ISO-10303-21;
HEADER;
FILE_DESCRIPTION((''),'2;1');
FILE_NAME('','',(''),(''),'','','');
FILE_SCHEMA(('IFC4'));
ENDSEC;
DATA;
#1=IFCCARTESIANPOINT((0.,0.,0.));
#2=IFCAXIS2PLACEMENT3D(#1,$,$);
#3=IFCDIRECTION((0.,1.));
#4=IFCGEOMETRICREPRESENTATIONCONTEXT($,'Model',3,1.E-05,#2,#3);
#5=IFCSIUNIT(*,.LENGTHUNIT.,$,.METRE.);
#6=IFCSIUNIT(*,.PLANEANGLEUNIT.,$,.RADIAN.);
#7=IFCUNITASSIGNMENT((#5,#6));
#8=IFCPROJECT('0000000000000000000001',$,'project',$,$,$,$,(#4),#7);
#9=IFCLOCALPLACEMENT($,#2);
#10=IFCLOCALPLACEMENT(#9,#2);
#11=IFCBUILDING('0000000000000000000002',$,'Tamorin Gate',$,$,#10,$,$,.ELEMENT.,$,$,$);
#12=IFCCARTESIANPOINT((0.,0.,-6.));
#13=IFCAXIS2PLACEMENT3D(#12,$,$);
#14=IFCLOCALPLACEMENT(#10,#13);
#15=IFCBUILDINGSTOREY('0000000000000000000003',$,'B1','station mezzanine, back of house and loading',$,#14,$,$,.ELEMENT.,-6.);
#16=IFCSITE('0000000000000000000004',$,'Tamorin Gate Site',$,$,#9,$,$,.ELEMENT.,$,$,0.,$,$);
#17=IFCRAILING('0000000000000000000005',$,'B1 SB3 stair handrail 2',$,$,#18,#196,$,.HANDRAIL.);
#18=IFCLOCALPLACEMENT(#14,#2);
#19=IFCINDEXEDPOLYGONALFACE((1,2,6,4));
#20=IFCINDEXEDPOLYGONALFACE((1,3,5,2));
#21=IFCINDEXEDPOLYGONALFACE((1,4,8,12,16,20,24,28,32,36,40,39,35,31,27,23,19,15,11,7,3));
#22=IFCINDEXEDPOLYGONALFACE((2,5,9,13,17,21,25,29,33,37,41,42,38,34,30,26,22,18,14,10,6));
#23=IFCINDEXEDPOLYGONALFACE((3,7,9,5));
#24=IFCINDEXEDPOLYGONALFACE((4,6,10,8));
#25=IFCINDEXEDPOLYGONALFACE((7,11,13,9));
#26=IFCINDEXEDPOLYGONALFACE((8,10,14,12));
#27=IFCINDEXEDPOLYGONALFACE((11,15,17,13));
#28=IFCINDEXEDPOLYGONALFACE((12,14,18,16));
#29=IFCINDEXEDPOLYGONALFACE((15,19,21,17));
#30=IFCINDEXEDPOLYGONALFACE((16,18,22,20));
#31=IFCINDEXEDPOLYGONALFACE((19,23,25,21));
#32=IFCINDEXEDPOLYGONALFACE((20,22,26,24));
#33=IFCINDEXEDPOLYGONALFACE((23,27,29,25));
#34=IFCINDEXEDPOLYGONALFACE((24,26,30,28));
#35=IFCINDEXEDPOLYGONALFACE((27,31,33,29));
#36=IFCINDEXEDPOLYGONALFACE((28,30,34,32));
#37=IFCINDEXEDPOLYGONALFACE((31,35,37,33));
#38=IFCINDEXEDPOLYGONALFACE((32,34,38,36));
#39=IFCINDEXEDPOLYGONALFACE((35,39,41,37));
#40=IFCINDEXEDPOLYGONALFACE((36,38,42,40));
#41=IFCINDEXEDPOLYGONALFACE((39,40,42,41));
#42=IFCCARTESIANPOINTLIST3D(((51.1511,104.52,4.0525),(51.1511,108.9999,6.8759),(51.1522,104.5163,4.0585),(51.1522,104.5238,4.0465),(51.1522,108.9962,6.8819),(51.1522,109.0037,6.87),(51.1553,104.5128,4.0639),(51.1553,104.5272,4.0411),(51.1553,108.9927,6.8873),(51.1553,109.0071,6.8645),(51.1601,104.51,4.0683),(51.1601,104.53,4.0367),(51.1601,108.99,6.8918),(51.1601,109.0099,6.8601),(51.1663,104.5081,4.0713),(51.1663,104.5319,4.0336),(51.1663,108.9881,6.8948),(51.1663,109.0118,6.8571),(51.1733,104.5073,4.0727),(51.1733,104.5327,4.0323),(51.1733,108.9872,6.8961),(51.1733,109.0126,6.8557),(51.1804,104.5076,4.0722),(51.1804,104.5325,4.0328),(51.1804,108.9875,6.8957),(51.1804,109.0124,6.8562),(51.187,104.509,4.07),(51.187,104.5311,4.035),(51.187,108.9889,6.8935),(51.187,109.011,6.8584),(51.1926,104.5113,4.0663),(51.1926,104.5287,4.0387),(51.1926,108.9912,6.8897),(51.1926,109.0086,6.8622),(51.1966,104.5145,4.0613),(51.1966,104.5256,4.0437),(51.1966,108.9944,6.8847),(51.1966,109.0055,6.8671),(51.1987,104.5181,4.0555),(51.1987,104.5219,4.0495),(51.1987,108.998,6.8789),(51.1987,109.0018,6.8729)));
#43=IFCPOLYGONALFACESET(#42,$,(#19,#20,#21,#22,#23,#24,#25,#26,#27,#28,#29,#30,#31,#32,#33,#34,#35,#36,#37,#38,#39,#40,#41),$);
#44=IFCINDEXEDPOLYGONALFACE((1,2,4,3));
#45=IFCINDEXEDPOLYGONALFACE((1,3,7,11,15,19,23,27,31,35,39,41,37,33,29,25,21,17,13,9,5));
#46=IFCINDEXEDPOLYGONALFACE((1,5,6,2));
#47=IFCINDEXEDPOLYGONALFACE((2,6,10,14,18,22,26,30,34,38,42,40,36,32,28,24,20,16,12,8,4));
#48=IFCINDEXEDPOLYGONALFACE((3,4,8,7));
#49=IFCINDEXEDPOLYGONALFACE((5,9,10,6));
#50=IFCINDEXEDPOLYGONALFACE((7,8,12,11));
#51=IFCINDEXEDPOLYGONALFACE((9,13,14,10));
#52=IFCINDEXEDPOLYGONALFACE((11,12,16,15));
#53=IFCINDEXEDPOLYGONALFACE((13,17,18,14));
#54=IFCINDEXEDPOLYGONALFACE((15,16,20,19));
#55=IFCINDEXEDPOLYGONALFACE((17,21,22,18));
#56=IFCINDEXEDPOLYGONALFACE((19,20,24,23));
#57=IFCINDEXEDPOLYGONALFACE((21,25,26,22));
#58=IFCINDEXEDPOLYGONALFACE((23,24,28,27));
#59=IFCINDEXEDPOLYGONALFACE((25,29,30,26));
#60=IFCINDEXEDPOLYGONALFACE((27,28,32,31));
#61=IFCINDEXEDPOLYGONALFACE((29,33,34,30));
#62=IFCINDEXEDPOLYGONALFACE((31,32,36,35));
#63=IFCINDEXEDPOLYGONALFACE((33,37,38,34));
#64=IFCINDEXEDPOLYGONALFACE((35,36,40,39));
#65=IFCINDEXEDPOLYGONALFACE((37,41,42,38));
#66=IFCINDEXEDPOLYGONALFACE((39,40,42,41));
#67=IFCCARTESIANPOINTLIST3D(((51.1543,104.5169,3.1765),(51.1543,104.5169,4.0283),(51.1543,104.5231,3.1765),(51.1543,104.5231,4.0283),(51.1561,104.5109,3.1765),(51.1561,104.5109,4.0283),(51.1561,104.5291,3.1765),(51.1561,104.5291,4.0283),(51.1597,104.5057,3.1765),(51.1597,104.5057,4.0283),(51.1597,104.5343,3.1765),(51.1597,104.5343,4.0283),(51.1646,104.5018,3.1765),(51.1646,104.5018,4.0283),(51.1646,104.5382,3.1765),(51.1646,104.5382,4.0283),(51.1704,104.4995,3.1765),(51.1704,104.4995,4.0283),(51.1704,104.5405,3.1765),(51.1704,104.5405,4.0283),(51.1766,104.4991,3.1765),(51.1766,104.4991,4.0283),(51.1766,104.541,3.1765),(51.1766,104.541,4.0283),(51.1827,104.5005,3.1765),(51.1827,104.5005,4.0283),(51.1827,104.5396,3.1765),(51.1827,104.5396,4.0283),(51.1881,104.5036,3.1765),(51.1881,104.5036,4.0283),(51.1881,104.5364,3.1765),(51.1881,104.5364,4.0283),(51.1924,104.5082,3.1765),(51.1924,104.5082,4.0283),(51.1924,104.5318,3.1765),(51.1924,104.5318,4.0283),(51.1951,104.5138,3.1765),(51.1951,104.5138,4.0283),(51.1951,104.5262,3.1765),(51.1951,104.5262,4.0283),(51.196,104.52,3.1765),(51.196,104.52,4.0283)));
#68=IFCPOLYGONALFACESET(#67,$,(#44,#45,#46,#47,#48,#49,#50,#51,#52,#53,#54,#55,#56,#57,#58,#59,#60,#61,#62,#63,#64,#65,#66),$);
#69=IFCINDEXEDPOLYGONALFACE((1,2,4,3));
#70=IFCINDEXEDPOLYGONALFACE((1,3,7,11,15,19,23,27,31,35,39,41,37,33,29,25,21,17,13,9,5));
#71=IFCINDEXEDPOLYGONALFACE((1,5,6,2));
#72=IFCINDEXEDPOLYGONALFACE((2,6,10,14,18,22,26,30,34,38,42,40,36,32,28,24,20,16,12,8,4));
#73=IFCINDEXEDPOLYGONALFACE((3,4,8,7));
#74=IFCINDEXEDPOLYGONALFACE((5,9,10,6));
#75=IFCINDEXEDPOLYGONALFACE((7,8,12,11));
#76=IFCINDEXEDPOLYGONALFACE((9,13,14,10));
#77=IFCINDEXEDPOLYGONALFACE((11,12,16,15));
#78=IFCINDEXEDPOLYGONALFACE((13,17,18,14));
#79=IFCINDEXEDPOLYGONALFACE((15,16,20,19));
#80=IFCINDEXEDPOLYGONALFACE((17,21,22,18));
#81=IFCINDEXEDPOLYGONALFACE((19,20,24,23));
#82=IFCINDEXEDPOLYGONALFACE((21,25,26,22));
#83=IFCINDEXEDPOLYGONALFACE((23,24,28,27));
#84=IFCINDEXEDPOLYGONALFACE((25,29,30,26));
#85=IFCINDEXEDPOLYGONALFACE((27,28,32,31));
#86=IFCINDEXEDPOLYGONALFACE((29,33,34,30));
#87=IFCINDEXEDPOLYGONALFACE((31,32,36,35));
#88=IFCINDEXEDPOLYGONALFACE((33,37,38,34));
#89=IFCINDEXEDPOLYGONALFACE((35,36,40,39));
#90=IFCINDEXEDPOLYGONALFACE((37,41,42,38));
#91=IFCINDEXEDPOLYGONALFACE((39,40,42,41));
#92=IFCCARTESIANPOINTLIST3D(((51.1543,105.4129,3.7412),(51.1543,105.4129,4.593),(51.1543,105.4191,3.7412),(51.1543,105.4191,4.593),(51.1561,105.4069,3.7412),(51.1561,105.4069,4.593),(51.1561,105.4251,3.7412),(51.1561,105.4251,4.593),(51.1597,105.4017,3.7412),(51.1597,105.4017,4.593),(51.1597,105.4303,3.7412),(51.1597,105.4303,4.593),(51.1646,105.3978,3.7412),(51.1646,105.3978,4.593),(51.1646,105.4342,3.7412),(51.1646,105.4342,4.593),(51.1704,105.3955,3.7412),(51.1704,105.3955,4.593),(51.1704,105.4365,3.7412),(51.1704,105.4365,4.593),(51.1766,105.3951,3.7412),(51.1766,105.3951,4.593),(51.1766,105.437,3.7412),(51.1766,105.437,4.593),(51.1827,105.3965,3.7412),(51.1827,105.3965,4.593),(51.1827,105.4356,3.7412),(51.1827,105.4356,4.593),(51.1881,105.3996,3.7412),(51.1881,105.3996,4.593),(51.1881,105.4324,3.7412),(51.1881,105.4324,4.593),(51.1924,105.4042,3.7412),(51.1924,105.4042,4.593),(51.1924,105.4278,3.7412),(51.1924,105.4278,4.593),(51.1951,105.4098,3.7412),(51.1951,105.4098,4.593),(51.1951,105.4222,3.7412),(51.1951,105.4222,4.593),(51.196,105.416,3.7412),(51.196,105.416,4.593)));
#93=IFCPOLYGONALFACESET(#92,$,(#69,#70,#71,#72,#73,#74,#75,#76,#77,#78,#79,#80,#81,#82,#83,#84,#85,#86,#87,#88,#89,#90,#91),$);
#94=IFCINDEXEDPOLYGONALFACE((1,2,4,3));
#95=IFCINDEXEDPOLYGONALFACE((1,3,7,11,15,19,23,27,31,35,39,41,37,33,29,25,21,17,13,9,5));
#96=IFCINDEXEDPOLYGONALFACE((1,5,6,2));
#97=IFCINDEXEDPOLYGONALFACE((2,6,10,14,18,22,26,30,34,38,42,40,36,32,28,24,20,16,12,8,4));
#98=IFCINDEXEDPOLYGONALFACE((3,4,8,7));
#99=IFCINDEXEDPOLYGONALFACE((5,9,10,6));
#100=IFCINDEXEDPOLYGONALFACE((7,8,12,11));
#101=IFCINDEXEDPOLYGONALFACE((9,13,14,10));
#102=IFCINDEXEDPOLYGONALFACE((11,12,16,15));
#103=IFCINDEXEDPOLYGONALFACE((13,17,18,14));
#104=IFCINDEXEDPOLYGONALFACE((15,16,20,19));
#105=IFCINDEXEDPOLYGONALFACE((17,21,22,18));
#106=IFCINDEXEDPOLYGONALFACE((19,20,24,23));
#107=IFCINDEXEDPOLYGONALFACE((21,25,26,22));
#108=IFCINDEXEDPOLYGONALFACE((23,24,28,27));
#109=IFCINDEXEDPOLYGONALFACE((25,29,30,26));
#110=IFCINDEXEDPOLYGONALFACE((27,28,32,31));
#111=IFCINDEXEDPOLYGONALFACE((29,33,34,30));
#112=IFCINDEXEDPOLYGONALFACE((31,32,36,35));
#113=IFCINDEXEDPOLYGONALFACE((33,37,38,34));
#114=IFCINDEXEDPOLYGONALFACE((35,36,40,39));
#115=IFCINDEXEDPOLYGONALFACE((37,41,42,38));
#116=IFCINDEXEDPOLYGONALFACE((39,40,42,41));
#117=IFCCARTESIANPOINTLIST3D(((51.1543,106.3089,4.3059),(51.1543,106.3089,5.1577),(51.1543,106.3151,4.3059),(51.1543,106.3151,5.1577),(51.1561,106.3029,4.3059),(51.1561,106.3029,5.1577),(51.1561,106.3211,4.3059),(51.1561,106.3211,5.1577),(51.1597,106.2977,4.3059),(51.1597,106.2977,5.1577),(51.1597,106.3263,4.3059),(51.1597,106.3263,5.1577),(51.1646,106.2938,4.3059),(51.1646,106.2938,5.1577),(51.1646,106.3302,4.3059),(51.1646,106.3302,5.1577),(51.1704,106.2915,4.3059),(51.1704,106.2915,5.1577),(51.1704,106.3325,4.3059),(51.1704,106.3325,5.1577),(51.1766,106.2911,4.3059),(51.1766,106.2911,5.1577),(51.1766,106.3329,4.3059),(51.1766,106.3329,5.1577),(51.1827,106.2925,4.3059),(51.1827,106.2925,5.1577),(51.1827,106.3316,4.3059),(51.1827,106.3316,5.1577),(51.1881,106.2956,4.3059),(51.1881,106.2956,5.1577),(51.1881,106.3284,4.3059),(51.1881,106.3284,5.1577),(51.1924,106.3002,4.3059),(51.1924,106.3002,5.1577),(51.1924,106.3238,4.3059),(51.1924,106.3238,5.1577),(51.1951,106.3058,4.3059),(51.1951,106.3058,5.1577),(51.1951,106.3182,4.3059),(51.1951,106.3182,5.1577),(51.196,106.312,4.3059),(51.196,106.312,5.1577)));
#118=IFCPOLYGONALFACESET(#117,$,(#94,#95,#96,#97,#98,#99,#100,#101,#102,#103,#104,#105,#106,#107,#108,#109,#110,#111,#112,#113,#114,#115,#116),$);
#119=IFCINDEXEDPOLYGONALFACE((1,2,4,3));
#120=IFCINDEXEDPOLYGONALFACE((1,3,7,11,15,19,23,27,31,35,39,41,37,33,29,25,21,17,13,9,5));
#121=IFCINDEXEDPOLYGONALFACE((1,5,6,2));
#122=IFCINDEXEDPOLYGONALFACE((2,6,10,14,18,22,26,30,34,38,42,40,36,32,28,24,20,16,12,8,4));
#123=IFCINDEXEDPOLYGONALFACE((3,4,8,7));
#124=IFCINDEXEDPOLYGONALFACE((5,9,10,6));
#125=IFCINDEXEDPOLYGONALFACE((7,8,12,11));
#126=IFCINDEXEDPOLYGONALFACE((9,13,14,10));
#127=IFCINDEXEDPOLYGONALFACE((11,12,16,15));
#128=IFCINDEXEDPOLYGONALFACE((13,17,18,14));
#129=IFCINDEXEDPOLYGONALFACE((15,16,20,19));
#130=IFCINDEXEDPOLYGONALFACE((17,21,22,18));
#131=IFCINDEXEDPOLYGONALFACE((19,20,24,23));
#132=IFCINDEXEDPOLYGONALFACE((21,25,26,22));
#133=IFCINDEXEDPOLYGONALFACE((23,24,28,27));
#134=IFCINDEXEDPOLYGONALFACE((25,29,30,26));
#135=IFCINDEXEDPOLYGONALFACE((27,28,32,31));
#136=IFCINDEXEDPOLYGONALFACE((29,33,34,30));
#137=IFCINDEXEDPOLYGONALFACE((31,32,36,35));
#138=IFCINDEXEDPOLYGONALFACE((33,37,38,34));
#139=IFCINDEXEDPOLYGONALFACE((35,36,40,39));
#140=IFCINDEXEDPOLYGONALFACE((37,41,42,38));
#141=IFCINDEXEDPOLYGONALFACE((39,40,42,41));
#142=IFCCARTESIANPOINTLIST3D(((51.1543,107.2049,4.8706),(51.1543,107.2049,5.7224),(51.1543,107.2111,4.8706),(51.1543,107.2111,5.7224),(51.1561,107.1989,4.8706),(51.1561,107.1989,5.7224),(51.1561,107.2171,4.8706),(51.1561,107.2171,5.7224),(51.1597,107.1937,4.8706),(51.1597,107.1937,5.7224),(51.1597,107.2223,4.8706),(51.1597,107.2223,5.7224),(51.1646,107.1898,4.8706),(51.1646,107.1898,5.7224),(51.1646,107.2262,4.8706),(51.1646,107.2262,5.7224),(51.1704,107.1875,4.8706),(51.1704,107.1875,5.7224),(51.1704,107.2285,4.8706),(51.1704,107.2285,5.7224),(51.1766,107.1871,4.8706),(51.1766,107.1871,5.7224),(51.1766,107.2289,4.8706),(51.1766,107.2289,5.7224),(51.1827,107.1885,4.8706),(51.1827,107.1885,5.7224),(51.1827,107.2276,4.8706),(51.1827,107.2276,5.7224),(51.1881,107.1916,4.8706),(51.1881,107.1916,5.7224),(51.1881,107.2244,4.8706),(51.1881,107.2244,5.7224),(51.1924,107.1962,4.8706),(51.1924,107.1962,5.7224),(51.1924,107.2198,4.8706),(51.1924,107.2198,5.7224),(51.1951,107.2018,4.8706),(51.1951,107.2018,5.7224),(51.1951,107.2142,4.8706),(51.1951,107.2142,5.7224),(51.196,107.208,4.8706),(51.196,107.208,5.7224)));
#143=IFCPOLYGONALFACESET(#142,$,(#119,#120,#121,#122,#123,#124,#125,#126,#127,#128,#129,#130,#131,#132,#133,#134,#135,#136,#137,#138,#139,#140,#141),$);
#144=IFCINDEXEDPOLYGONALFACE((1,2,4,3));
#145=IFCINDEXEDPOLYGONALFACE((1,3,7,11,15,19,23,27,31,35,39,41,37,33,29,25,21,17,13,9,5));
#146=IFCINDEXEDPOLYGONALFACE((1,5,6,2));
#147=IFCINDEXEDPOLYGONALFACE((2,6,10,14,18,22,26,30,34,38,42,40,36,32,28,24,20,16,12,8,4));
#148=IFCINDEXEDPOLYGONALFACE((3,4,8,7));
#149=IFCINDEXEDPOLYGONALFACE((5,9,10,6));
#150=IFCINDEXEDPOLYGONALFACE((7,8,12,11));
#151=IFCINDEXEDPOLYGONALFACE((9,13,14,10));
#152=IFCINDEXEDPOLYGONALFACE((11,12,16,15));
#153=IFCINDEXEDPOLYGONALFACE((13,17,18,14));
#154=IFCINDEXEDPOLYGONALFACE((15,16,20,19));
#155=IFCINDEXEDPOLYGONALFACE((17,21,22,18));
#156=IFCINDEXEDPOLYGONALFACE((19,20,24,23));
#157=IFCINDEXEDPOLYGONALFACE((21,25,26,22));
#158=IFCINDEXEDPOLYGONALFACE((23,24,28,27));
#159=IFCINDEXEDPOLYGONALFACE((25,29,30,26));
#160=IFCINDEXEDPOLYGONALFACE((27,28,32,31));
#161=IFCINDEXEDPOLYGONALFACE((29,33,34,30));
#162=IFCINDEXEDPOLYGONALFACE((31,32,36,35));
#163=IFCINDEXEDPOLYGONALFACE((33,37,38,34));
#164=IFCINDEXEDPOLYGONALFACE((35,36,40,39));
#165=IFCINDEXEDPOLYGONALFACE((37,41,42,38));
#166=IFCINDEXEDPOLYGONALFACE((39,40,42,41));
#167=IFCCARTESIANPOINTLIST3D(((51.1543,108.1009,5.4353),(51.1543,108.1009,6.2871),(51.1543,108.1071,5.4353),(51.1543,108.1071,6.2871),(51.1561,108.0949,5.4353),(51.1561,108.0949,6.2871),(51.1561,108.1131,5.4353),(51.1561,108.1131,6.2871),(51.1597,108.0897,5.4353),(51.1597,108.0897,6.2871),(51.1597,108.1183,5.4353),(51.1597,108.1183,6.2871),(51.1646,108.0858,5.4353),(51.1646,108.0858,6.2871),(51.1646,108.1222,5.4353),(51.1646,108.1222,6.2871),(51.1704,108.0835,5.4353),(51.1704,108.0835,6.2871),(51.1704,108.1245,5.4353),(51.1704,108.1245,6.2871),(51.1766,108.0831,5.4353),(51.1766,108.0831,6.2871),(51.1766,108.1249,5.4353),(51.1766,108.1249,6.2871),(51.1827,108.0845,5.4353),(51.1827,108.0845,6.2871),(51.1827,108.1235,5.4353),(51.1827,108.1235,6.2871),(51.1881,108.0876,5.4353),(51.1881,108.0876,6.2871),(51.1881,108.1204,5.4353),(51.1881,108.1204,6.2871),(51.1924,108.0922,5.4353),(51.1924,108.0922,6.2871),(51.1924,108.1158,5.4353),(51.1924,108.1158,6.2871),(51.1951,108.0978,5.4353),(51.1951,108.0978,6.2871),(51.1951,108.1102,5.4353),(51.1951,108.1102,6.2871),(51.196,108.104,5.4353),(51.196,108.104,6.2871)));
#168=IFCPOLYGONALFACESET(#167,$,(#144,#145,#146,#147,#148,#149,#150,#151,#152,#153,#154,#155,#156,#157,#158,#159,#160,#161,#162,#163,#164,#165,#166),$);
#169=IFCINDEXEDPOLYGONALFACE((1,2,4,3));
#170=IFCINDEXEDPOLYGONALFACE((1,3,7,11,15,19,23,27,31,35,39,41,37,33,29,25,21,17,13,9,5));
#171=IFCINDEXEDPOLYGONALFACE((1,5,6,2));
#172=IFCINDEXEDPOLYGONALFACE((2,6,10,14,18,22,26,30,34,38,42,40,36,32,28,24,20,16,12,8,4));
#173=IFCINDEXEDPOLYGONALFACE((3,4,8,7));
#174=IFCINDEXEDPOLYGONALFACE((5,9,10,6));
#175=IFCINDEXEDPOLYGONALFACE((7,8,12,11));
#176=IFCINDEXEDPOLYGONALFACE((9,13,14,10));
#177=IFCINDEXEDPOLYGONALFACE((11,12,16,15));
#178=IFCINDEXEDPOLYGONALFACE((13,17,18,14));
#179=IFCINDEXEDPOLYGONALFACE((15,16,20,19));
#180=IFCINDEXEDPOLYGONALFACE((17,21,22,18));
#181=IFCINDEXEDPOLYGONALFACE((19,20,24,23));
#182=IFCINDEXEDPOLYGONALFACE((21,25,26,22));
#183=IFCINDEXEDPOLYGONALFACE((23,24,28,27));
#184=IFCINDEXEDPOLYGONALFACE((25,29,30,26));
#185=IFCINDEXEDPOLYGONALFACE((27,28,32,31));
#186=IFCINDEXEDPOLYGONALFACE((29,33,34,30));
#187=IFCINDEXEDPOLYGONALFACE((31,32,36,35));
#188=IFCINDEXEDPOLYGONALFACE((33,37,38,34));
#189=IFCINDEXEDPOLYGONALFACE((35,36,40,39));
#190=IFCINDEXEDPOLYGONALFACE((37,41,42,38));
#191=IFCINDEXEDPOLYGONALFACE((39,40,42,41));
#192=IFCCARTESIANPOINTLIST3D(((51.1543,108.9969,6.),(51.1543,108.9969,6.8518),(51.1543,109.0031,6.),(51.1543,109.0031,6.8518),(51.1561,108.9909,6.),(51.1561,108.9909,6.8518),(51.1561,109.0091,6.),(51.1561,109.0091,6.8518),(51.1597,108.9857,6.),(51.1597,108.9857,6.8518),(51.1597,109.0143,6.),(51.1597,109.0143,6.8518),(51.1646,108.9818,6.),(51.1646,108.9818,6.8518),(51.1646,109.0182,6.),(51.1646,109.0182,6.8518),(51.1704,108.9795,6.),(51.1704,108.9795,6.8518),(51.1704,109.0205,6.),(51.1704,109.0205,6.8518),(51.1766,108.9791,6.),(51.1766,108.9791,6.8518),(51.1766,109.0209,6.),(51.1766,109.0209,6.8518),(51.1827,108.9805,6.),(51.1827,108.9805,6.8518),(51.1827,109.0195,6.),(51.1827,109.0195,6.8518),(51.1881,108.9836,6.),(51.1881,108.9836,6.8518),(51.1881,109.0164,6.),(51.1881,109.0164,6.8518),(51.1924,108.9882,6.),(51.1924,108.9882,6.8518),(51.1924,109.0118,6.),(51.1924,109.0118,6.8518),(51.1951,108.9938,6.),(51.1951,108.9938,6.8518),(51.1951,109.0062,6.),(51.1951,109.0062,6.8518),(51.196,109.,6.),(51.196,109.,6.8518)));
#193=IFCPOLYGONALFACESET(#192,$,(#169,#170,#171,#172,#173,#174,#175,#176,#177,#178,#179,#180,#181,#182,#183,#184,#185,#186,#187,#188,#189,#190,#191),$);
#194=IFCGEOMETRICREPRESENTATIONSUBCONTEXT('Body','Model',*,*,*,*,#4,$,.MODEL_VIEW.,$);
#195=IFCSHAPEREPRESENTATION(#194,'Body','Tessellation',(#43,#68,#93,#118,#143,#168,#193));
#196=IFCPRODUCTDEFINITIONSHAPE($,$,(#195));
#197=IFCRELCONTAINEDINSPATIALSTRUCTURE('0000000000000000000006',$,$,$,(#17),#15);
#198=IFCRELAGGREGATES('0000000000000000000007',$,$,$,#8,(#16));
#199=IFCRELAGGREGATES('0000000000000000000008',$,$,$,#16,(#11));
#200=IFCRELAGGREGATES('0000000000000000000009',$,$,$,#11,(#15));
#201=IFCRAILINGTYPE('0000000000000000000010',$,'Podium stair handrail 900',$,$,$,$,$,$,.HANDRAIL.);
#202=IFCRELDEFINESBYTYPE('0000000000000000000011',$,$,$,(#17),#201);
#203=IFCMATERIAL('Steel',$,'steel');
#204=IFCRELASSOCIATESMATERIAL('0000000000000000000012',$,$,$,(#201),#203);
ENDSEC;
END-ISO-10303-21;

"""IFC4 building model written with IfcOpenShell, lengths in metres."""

from ifc_helpers import new_model, si_unit, direction, frame, origin, origin_2d, place, context, subcontext, project, spatial, circle, extrude, material, type_object, element, save


model = new_model("IFC4")

# Units and contexts
model_context = context("Model", 3, precision=1e-05, world=origin(), true_north=direction((0.0, 1.0)))
body_context = subcontext(model_context, "Body", "Model", "MODEL_VIEW")
ifc_project = project(units=[si_unit("LENGTHUNIT", "METRE"), si_unit("PLANEANGLEUNIT", "RADIAN")], contexts=[model_context])

# Site, building, storey
site_placement = place(None, origin())
site = spatial("IfcSite", under=ifc_project, at=site_placement, Name="Tamorin Gate Site", CompositionType="ELEMENT", RefElevation=0.0)
building_placement = place(site_placement, origin())
building = spatial("IfcBuilding", under=site, at=building_placement, Name="Tamorin Gate", CompositionType="ELEMENT")
storey_placement = place(building_placement, frame((0.0, 0.0, -6.0)))
storey = spatial("IfcBuildingStorey", under=building, at=storey_placement, Name="B1", Description="station mezzanine, back of house and loading", CompositionType="ELEMENT", Elevation=-6.0)

# Railing
ifc_material_1 = material(Name="Steel", Category="steel")
railing_type_1 = type_object("IfcRailingType", Name="Podium stair handrail 900", PredefinedType="HANDRAIL", material=ifc_material_1)
railing_1_placement = place(storey_placement, frame((51.175, 104.52, 3.1765)))
element("IfcRailing", 1, at=railing_1_placement, inside=storey, type_object=railing_type_1, Name="B1 SB3 stair handrail 2", PredefinedType="HANDRAIL", context=body_context, shape_type="SweptSolid", body=[
    extrude(circle(Radius=0.0239, at=origin_2d()), frame((0.0, 0.0, 0.876), z_axis=(0.0, 0.845998, 0.533186), x_axis=(-1.0, 0.0, 0.0)), (0.0, 0.0, 1.0), 5.2954),
    extrude(circle(Radius=0.021, at=origin_2d()), origin(), (0.0, 0.0, 1.0), 0.8518),
    extrude(circle(Radius=0.021, at=origin_2d()), frame((0.0, 0.896, 0.5647)), (0.0, 0.0, 1.0), 0.8518),
    extrude(circle(Radius=0.021, at=origin_2d()), frame((0.0, 1.792, 1.1294)), (0.0, 0.0, 1.0), 0.8518),
    extrude(circle(Radius=0.021, at=origin_2d()), frame((0.0, 2.688, 1.6941)), (0.0, 0.0, 1.0), 0.8518),
    extrude(circle(Radius=0.021, at=origin_2d()), frame((0.0, 3.584, 2.2588)), (0.0, 0.0, 1.0), 0.8518),
    extrude(circle(Radius=0.021, at=origin_2d()), frame((0.0, 4.48, 2.8235)), (0.0, 0.0, 1.0), 0.8518),
])

save(model, "model.ifc")
